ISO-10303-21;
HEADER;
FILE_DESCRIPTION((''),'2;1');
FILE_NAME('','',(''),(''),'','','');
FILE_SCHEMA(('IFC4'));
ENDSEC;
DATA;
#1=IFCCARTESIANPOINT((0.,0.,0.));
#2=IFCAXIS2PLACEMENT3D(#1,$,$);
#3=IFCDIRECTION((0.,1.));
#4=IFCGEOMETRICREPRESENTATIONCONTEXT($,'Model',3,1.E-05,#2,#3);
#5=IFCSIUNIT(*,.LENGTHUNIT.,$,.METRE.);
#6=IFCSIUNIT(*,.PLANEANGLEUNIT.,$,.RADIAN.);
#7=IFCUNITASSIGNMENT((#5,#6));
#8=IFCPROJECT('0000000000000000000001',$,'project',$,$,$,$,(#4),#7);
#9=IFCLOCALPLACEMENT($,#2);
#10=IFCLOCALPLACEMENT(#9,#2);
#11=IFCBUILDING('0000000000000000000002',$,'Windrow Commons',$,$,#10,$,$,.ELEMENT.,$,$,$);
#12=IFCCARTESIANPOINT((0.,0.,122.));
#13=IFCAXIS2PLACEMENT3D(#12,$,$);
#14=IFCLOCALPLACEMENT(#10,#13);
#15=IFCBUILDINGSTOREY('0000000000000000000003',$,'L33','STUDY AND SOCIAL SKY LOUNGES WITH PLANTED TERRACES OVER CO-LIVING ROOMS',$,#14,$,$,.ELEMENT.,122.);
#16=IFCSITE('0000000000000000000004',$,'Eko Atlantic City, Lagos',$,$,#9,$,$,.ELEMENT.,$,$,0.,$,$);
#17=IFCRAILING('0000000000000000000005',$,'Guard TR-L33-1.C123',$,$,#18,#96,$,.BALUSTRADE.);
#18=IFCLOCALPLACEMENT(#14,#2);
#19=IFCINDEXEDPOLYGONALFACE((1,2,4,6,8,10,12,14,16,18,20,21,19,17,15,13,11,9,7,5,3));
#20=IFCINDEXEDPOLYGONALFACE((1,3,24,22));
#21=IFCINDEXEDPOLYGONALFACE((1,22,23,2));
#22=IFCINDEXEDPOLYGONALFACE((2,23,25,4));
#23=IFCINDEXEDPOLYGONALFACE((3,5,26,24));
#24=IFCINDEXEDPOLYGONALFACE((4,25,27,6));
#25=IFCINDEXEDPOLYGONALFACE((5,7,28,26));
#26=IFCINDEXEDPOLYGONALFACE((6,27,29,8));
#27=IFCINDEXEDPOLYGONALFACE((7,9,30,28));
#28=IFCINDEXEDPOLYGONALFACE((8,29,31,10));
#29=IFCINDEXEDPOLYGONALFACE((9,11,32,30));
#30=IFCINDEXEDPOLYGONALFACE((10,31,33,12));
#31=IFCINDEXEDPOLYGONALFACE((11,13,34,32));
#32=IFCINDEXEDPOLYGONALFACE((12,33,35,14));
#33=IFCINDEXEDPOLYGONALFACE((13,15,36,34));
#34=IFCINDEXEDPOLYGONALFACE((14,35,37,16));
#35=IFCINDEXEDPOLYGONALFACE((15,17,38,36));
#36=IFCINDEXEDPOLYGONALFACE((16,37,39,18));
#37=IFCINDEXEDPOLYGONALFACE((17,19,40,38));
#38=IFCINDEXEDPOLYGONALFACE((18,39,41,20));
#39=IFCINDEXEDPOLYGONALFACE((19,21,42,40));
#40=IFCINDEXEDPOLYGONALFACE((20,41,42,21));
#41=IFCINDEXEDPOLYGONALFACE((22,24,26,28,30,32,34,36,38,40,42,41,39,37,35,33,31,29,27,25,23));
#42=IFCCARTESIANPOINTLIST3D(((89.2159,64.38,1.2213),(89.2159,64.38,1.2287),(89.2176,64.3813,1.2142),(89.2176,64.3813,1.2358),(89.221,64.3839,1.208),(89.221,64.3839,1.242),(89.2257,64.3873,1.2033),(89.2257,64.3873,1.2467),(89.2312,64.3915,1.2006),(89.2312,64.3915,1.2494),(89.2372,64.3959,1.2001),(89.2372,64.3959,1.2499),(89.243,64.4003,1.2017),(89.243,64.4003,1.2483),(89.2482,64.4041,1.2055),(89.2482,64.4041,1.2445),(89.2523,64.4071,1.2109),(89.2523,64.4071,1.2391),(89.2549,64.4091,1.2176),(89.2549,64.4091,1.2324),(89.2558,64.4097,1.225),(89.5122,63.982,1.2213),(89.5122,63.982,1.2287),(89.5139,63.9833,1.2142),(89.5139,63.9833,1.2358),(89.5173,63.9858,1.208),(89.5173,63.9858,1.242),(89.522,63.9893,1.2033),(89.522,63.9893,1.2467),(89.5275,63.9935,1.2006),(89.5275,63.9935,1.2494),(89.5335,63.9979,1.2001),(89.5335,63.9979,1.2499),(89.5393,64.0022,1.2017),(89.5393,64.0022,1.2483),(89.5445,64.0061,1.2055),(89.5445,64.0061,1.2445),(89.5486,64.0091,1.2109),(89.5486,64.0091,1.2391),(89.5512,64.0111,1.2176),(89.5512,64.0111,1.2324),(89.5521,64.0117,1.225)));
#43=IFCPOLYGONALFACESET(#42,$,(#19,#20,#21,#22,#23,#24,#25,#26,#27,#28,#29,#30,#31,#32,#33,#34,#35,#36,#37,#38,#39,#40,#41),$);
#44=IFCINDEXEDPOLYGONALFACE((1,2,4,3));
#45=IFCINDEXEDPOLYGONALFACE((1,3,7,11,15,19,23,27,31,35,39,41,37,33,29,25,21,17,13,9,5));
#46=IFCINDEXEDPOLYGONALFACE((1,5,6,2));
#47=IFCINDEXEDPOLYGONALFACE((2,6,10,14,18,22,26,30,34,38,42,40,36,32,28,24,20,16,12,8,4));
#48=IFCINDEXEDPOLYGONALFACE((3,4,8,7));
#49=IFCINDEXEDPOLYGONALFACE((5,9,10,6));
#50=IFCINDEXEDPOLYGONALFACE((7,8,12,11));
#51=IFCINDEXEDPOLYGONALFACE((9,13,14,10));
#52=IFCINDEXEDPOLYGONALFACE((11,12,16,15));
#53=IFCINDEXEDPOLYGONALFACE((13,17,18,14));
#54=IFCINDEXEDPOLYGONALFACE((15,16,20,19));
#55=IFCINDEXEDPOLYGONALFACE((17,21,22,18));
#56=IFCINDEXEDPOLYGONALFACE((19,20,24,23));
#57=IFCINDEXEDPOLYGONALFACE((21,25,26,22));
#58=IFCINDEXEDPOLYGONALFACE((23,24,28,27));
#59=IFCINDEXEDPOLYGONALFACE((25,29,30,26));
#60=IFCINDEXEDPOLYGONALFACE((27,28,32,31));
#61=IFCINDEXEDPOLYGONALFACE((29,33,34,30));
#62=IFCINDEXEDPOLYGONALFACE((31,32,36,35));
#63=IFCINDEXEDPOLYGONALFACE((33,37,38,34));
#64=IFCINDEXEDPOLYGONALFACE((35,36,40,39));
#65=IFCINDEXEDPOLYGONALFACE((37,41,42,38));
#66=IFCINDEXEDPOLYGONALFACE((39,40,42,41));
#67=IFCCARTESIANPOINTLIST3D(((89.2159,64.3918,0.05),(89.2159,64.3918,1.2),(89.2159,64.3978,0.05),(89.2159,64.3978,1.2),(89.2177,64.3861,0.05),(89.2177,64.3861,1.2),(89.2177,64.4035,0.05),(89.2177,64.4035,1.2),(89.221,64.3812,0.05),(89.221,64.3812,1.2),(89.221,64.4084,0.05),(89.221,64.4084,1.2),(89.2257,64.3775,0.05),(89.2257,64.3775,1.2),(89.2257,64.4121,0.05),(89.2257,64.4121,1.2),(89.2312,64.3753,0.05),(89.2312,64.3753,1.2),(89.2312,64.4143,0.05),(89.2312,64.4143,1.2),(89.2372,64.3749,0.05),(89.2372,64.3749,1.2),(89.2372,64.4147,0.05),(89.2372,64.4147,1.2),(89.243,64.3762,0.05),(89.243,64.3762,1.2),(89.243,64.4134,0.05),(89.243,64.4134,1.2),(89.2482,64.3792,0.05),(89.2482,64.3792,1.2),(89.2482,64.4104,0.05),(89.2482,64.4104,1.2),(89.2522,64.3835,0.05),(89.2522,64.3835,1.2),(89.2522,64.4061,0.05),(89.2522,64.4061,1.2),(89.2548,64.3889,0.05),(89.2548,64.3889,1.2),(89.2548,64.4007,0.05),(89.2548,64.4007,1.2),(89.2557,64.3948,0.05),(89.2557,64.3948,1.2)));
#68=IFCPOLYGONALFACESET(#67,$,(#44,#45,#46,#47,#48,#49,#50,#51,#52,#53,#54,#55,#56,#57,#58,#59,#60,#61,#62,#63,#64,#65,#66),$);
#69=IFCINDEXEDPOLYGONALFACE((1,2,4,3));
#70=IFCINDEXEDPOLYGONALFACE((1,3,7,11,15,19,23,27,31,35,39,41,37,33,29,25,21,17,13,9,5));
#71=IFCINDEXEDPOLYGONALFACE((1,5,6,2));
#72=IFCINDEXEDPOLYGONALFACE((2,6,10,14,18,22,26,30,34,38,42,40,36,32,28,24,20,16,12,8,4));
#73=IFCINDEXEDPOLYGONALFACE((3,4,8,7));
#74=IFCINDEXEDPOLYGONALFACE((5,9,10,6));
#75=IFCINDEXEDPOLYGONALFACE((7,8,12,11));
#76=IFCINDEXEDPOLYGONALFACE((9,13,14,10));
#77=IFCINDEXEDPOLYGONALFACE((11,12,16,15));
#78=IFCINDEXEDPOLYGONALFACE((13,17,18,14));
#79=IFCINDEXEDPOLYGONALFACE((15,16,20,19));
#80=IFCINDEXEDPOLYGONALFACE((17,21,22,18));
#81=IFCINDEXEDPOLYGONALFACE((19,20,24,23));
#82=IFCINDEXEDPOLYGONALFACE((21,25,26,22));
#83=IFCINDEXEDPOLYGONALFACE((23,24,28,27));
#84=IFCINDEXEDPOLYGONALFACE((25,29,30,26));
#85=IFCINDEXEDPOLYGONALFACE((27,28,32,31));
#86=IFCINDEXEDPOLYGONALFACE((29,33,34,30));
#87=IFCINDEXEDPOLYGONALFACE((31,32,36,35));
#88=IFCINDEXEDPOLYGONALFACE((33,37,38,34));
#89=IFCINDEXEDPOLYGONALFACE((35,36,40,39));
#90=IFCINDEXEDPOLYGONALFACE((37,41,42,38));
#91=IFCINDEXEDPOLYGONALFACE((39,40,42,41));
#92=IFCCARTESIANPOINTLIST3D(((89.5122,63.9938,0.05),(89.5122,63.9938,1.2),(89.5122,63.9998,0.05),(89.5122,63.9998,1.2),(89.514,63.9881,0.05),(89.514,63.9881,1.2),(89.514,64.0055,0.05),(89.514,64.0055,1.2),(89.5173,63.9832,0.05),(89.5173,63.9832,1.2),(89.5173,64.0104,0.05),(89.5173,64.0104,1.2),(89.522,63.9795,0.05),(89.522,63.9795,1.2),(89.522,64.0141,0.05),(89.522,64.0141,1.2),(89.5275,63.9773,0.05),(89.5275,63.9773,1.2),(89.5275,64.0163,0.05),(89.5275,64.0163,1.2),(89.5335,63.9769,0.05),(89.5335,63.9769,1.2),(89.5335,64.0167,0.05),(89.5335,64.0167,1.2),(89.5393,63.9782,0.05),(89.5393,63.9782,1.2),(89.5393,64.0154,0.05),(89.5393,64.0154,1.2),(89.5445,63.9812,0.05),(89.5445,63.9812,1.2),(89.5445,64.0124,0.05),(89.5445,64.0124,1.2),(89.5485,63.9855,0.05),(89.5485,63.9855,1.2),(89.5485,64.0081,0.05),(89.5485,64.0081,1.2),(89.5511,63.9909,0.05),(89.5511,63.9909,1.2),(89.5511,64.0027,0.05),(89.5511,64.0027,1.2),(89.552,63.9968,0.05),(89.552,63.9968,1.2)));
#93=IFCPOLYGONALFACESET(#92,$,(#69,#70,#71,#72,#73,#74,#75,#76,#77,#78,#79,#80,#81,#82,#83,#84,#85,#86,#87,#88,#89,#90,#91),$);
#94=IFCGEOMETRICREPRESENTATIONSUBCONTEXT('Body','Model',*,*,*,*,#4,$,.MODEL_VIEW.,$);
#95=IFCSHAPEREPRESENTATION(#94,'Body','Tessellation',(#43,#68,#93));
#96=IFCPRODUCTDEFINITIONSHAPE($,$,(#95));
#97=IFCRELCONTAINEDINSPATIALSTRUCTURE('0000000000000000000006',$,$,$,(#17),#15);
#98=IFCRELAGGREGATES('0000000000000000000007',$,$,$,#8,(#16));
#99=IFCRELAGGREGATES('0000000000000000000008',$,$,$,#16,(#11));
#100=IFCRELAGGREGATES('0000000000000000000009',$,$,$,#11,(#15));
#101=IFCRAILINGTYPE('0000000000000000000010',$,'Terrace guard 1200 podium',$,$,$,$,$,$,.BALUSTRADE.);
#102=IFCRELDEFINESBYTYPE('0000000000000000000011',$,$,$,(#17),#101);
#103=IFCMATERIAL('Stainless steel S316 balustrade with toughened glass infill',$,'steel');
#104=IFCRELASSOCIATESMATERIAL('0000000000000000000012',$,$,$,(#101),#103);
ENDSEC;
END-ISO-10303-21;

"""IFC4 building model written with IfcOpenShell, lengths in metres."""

from ifc_helpers import new_model, si_unit, direction, frame, origin, origin_2d, place, context, subcontext, project, spatial, circle, extrude, material, type_object, element, save


model = new_model("IFC4")

# Units and contexts
model_context = context("Model", 3, precision=1e-05, world=origin(), true_north=direction((0.0, 1.0)))
body_context = subcontext(model_context, "Body", "Model", "MODEL_VIEW")
ifc_project = project(units=[si_unit("LENGTHUNIT", "METRE"), si_unit("PLANEANGLEUNIT", "RADIAN")], contexts=[model_context])

# Site, building, storey
site_placement = place(None, origin())
site = spatial("IfcSite", under=ifc_project, at=site_placement, Name="Eko Atlantic City, Lagos", CompositionType="ELEMENT", RefElevation=0.0)
building_placement = place(site_placement, origin())
building = spatial("IfcBuilding", under=site, at=building_placement, Name="Windrow Commons", CompositionType="ELEMENT")
storey_placement = place(building_placement, frame((0.0, 0.0, 122.0)))
storey = spatial("IfcBuildingStorey", under=building, at=storey_placement, Name="L33", Description="STUDY AND SOCIAL SKY LOUNGES WITH PLANTED TERRACES OVER CO-LIVING ROOMS", CompositionType="ELEMENT", Elevation=122.0)

# Railing
ifc_material_1 = material(Name="Stainless steel S316 balustrade with toughened glass infill", Category="steel")
railing_type_1 = type_object("IfcRailingType", Name="Terrace guard 1200 podium", PredefinedType="BALUSTRADE", material=ifc_material_1)
railing_1_placement = place(storey_placement, frame((89.2357, 64.3948, 0.05)))
element("IfcRailing", 1, at=railing_1_placement, inside=storey, type_object=railing_type_1, Name="Guard TR-L33-1.C123", PredefinedType="BALUSTRADE", context=body_context, shape_type="SweptSolid", body=[
    extrude(circle(Radius=0.025, at=origin_2d()), frame((0.0, 0.0, 1.175), z_axis=(0.597159, -0.802123, 0.0), x_axis=(0.802123, 0.597159, 0.0)), (0.0, 0.0, 1.0), 0.4962),
    extrude(circle(Radius=0.02, at=origin_2d()), origin(), (0.0, 0.0, 1.0), 1.15),
    extrude(circle(Radius=0.02, at=origin_2d()), frame((0.2963, -0.398, 0.0)), (0.0, 0.0, 1.0), 1.15),
])

save(model, "model.ifc")
